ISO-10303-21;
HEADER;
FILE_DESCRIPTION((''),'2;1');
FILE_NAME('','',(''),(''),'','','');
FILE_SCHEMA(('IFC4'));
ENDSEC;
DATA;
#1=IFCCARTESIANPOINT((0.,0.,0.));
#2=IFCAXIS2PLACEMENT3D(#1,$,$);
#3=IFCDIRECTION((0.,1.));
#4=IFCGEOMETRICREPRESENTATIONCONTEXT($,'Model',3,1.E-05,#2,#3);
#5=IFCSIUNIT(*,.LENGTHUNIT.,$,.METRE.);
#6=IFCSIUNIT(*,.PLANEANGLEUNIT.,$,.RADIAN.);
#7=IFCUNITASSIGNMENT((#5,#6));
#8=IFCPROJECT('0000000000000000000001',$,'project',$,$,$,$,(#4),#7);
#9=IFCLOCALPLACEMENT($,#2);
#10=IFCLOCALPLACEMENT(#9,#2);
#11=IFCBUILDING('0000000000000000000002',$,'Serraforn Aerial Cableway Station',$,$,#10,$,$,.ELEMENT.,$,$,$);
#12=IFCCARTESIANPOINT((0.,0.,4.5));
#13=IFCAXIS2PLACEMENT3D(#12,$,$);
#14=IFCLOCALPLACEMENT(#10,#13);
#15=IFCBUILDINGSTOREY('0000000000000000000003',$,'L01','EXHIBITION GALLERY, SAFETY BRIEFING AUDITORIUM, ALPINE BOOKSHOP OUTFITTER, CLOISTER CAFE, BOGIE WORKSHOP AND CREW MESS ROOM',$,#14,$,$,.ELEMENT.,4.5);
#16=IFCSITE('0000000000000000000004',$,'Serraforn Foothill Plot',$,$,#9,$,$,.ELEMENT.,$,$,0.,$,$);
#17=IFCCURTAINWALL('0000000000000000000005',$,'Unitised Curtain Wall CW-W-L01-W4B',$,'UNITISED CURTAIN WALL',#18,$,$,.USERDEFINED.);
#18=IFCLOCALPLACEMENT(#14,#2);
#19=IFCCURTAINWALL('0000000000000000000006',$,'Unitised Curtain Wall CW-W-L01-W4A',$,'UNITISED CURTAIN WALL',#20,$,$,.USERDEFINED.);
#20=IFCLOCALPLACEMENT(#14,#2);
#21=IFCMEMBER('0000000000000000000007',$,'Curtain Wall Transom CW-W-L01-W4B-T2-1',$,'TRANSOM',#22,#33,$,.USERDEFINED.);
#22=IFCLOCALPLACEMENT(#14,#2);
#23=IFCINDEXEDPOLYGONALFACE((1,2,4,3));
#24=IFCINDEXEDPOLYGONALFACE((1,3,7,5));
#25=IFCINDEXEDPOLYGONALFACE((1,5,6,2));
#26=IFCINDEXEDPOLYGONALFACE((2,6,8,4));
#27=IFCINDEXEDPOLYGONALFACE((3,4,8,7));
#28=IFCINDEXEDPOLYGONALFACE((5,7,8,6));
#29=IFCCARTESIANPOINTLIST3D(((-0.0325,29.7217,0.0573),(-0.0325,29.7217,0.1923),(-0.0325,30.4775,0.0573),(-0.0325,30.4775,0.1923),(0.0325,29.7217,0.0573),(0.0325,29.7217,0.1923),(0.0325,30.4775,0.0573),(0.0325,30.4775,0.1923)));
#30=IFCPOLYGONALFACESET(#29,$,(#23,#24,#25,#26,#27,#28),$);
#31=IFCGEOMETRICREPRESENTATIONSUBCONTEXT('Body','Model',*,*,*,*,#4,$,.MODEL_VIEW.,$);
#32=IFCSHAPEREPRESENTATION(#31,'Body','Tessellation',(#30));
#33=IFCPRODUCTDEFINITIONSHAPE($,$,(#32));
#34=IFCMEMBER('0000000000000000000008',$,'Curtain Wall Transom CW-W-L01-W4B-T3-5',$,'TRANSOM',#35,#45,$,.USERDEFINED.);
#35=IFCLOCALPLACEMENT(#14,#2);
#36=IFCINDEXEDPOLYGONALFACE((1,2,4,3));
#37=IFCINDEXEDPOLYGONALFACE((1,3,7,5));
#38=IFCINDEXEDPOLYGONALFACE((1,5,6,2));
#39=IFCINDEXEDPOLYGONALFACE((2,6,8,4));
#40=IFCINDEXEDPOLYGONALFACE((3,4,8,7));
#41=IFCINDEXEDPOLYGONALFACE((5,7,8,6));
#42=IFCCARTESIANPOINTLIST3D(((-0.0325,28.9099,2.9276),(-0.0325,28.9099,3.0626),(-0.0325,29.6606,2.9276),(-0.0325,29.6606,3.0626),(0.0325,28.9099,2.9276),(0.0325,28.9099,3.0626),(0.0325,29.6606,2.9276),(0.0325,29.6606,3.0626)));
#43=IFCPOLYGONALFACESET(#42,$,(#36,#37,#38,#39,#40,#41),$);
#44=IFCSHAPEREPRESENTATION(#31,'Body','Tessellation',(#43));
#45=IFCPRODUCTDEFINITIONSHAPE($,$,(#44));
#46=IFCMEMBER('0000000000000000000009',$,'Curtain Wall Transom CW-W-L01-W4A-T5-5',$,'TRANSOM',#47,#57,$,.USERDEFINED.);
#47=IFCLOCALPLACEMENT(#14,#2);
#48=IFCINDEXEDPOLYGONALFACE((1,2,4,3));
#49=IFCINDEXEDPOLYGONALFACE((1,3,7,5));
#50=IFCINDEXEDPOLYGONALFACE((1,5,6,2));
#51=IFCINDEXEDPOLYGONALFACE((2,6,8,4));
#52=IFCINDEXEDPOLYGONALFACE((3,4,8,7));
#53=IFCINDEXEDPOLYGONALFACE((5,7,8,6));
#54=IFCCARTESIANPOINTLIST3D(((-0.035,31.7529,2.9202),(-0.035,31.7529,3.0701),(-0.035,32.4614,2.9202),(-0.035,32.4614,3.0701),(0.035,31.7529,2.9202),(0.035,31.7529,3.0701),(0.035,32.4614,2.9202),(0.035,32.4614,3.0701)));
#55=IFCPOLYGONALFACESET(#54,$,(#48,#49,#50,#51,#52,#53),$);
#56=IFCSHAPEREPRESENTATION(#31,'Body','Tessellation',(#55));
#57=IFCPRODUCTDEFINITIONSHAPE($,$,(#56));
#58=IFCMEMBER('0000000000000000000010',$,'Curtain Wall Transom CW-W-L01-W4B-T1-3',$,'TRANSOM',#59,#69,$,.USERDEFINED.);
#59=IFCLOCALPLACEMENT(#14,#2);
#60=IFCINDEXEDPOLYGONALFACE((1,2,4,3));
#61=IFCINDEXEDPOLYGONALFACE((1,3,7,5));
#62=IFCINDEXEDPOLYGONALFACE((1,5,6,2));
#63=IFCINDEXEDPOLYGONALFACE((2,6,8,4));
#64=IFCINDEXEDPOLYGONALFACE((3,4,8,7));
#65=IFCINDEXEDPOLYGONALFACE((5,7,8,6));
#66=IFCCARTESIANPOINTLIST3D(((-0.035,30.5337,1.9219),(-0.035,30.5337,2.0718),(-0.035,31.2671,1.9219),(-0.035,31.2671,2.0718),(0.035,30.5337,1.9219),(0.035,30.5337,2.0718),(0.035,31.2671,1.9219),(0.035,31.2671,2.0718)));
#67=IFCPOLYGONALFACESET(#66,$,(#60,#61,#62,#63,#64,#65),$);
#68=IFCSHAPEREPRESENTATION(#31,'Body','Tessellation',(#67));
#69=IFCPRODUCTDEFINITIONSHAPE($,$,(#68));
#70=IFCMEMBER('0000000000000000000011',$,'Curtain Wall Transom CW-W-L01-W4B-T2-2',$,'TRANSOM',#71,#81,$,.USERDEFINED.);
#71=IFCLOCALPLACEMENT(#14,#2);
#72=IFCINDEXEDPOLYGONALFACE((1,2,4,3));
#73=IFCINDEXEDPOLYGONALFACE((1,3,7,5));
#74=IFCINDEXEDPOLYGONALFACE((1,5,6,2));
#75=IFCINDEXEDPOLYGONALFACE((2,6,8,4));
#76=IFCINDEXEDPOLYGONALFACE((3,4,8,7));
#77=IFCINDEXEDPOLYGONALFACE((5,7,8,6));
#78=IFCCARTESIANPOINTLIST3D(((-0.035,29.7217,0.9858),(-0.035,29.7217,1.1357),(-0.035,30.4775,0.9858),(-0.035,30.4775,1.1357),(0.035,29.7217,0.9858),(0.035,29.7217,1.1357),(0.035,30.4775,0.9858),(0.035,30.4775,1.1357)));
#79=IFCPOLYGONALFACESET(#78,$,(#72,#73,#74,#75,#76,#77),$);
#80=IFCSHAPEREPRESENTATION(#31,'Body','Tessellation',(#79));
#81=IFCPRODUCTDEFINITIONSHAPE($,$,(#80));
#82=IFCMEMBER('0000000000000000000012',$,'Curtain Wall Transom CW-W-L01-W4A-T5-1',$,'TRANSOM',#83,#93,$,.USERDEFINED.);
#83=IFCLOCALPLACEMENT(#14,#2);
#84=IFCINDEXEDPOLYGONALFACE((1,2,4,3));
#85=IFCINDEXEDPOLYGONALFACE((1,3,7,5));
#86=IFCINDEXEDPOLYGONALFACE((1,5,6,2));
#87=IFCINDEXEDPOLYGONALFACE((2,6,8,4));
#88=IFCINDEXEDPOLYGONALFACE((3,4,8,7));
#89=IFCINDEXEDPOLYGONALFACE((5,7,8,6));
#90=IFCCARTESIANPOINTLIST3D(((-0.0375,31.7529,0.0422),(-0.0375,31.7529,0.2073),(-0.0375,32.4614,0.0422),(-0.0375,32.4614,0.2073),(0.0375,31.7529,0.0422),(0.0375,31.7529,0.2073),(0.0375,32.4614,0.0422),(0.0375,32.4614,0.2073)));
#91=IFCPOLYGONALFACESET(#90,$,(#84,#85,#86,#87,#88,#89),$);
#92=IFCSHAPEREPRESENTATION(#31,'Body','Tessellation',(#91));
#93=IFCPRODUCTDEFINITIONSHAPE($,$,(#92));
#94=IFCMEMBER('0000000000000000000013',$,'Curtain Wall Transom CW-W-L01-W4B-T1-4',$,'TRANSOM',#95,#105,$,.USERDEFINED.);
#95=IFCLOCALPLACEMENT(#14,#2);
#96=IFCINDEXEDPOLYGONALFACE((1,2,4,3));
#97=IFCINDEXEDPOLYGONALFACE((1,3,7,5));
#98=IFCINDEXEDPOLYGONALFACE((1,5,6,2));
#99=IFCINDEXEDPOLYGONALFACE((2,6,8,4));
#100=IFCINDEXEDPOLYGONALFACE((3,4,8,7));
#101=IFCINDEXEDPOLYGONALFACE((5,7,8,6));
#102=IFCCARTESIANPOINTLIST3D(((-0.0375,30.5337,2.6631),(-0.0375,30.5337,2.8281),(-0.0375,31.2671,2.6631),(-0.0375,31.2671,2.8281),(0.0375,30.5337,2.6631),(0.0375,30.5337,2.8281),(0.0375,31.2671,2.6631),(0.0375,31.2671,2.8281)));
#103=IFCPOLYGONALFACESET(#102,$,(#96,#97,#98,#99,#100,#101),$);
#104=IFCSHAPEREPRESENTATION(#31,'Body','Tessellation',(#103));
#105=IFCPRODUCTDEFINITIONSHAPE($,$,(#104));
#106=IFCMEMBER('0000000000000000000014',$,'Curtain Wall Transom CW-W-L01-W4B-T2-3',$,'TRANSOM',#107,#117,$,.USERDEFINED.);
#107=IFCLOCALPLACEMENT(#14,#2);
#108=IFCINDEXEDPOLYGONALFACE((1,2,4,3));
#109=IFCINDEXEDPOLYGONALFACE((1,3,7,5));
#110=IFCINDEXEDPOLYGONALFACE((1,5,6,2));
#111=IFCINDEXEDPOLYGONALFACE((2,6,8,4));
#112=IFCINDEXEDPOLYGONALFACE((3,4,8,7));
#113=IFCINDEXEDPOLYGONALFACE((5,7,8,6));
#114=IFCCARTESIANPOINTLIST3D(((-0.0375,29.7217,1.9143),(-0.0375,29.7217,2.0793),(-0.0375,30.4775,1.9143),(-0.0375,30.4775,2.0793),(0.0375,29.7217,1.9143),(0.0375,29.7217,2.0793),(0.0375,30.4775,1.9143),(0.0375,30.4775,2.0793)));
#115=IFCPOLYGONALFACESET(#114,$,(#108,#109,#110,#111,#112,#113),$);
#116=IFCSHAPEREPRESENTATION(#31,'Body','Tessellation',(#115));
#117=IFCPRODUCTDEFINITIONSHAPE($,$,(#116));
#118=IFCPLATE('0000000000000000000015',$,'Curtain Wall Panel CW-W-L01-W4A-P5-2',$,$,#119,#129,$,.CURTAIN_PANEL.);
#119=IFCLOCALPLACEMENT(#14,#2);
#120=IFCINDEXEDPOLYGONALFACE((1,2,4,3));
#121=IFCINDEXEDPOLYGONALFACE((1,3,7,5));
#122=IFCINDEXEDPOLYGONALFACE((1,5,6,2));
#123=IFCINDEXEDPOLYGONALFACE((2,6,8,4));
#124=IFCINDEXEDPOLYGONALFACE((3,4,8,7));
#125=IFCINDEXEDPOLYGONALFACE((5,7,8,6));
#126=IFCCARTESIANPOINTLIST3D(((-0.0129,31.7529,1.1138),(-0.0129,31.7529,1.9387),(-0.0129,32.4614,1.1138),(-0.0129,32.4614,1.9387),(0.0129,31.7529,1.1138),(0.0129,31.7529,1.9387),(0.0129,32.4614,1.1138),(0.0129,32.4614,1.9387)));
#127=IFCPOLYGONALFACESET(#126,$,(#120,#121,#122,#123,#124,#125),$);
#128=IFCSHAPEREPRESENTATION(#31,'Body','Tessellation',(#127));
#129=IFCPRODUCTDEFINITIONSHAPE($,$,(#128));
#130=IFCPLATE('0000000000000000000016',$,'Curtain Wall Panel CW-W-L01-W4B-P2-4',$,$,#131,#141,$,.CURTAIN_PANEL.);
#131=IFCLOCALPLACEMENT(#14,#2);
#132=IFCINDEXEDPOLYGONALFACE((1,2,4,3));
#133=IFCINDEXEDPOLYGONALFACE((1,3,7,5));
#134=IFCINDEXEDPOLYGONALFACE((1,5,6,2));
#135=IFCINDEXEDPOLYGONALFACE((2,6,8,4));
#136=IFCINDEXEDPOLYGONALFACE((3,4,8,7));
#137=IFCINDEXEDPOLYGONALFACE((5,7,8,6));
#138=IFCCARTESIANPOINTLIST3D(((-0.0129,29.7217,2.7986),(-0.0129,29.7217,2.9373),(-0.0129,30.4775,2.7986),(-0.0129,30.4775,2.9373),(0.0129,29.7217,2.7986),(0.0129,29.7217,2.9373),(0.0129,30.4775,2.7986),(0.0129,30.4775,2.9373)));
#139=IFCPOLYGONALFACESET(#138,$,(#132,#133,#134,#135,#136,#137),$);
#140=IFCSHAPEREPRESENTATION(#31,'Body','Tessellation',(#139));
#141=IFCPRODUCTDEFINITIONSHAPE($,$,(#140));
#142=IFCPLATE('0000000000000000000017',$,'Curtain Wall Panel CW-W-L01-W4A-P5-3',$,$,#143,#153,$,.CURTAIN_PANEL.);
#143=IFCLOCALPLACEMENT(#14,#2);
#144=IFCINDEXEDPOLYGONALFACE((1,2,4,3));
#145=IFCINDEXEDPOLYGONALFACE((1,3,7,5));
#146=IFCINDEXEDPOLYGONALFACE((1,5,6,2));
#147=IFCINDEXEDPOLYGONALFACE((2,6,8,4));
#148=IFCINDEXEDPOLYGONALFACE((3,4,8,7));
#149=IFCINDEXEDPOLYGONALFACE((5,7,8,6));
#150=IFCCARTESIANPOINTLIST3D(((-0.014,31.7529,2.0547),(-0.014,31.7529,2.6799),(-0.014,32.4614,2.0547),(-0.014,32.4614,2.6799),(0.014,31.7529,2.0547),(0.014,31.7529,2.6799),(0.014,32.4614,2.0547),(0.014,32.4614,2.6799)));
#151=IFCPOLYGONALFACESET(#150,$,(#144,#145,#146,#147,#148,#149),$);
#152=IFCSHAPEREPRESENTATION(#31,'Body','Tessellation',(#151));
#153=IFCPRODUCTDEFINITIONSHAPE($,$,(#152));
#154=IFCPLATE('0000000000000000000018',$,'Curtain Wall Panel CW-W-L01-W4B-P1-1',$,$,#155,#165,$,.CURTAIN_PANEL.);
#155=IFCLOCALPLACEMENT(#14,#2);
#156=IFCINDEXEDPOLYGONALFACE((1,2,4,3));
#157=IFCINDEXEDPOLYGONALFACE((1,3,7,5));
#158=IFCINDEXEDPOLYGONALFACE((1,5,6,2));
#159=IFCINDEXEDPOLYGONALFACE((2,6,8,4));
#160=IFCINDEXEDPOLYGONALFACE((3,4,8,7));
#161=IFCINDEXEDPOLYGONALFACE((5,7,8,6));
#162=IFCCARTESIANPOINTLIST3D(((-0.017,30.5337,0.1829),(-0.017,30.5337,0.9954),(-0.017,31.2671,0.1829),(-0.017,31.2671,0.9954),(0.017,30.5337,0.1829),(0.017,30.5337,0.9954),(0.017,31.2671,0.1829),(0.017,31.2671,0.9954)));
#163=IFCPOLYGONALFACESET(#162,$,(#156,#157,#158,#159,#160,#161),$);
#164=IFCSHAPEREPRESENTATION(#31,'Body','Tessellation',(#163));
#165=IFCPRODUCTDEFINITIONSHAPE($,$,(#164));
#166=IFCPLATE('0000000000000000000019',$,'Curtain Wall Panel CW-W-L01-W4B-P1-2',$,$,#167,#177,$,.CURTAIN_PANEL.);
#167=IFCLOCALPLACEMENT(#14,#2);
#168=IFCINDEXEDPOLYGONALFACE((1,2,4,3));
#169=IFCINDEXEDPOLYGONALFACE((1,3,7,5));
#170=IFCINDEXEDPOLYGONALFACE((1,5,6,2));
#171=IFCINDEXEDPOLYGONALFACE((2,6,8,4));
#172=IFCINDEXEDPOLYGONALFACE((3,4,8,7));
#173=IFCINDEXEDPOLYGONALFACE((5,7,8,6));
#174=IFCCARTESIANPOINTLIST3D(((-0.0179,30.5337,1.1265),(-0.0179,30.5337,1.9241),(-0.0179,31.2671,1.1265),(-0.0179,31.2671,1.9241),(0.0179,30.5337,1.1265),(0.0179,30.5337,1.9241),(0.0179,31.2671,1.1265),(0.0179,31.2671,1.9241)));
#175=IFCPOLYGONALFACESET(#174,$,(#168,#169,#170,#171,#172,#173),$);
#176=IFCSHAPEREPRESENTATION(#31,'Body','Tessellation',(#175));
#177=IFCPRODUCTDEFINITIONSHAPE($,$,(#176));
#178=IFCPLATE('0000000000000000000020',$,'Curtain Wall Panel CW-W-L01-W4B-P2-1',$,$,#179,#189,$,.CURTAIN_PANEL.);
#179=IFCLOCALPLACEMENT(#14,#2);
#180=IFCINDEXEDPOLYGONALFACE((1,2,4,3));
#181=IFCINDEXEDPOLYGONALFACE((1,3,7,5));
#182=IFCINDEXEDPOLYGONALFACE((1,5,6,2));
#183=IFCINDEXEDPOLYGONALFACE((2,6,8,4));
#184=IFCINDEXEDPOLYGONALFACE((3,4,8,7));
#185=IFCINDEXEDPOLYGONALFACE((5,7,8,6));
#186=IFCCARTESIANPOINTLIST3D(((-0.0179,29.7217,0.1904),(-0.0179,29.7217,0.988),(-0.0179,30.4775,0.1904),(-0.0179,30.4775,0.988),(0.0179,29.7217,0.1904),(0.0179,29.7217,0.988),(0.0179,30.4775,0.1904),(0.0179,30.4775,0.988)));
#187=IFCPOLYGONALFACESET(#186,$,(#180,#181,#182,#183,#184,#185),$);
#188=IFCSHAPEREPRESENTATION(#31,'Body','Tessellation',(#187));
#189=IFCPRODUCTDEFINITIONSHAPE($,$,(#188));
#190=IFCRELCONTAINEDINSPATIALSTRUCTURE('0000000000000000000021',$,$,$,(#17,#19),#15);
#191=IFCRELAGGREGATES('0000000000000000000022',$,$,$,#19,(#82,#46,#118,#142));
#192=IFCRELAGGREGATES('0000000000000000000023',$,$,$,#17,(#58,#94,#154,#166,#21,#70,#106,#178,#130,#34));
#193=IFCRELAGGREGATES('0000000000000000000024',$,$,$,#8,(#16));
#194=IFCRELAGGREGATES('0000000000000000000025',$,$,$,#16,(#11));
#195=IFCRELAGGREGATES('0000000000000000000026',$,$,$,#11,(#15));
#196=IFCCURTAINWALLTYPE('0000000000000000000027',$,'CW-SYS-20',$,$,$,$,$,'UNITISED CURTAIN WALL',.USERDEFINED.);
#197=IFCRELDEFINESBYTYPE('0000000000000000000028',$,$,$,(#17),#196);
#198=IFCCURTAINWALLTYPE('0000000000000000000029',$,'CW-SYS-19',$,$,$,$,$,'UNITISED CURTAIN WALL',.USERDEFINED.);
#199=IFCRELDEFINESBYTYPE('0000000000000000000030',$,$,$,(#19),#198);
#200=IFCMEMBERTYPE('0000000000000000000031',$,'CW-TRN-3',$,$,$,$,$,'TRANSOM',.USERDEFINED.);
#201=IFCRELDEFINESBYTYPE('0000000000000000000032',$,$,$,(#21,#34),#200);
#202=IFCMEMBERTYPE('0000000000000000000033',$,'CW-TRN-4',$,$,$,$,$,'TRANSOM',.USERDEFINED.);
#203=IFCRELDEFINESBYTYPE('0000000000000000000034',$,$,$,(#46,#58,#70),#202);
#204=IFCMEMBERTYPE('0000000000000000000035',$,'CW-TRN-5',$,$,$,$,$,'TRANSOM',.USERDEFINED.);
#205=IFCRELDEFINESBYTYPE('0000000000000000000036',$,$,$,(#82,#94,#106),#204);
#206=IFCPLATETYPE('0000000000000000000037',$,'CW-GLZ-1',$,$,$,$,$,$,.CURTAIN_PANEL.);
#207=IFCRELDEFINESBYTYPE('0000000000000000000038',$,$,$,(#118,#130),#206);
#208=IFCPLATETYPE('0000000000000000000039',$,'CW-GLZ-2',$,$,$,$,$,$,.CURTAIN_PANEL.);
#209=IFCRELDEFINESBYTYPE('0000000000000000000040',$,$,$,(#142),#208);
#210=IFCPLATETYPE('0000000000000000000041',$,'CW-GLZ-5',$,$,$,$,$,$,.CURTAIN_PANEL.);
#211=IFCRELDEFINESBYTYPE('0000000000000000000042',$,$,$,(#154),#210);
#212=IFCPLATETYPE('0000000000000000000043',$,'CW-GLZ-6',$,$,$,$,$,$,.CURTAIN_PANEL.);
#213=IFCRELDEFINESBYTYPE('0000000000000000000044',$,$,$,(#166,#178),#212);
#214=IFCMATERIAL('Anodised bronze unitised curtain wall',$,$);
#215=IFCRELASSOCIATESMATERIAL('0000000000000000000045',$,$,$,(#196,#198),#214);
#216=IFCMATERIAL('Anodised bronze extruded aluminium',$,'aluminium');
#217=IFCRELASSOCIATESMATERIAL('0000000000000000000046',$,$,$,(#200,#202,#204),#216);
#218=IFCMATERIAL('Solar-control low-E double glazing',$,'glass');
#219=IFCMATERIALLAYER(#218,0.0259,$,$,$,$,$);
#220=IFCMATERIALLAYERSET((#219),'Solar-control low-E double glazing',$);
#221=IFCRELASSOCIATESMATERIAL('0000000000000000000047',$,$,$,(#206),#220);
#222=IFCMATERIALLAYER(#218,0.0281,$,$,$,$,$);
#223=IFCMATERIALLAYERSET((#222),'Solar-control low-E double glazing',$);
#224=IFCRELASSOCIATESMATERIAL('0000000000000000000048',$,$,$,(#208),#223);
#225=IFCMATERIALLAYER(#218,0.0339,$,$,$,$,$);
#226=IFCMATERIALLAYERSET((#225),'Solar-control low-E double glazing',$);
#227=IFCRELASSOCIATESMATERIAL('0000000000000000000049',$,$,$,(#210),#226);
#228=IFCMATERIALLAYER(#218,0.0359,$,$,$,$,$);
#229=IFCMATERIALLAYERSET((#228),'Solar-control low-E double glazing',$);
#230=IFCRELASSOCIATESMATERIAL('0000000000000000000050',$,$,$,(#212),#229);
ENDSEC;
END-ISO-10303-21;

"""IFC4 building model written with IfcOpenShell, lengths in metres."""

from ifc_helpers import new_model, si_unit, direction, frame, origin, origin_2d, place, context, subcontext, project, spatial, rectangle, extrude, material, layer, layer_set, material_profile, profile_set, type_object, element, aggregate, save


model = new_model("IFC4")

# Units and contexts
model_context = context("Model", 3, precision=1e-05, world=origin(), true_north=direction((0.0, 1.0)))
body_context = subcontext(model_context, "Body", "Model", "MODEL_VIEW")
ifc_project = project(units=[si_unit("LENGTHUNIT", "METRE"), si_unit("PLANEANGLEUNIT", "RADIAN")], contexts=[model_context])

# Site, building, storey
site_placement = place(None, origin())
site = spatial("IfcSite", under=ifc_project, at=site_placement, Name="Serraforn Foothill Plot", CompositionType="ELEMENT", RefElevation=0.0)
building_placement = place(site_placement, origin())
building = spatial("IfcBuilding", under=site, at=building_placement, Name="Serraforn Aerial Cableway Station", CompositionType="ELEMENT")
storey_placement = place(building_placement, frame((0.0, 0.0, 4.5)))
storey = spatial("IfcBuildingStorey", under=building, at=storey_placement, Name="L01", Description="EXHIBITION GALLERY, SAFETY BRIEFING AUDITORIUM, ALPINE BOOKSHOP OUTFITTER, CLOISTER CAFE, BOGIE WORKSHOP AND CREW MESS ROOM", CompositionType="ELEMENT", Elevation=4.5)

# Curtain walls
ifc_material_1 = material(Name="Anodised bronze unitised curtain wall")
curtain_wall_type_1 = type_object("IfcCurtainWallType", Name="CW-SYS-20", ElementType="UNITISED CURTAIN WALL", PredefinedType="USERDEFINED", material=ifc_material_1)
curtain_wall_1_placement = place(storey_placement, origin())
curtain_wall_1 = element("IfcCurtainWall", 1, at=curtain_wall_1_placement, inside=storey, type_object=curtain_wall_type_1, Name="Unitised Curtain Wall CW-W-L01-W4B", ObjectType="UNITISED CURTAIN WALL", PredefinedType="USERDEFINED")
ifc_material_2 = material(Name="Anodised bronze extruded aluminium", Category="aluminium")
curtain_wall_type_2 = type_object("IfcCurtainWallType", Name="CW-SYS-19", ElementType="UNITISED CURTAIN WALL", PredefinedType="USERDEFINED", material=ifc_material_1)
curtain_wall_2_placement = place(storey_placement, origin())
curtain_wall_2 = element("IfcCurtainWall", 2, at=curtain_wall_2_placement, inside=storey, type_object=curtain_wall_type_2, Name="Unitised Curtain Wall CW-W-L01-W4A", ObjectType="UNITISED CURTAIN WALL", PredefinedType="USERDEFINED")

# Members
ifc_material_profile_1 = material_profile(ifc_material_2, rectangle(XDim=0.0649, YDim=0.135, at=origin_2d()), Name="CW TRANSOM 65x135")
ifc_profile_set_1 = profile_set([ifc_material_profile_1], Name="Anodised bronze extruded aluminium")
member_type_1 = type_object("IfcMemberType", Name="CW-TRN-3", ElementType="TRANSOM", PredefinedType="USERDEFINED", material=ifc_profile_set_1)
member_1_placement = place(storey_placement, frame((0.0, 30.4775, 0.1248), z_axis=(0.0, -1.0, 0.0), x_axis=(1.0, 0.0, 0.0)))
member_1 = element("IfcMember", 3, at=member_1_placement, type_object=member_type_1, Name="Curtain Wall Transom CW-W-L01-W4B-T2-1", ObjectType="TRANSOM", PredefinedType="USERDEFINED", context=body_context, shape_type="SweptSolid", body=[
    extrude(rectangle(XDim=0.0649, YDim=0.135, at=origin_2d()), origin(), (0.0, 0.0, 1.0), 0.7559),
])
member_2_placement = place(storey_placement, frame((0.0, 29.6606, 2.9951), z_axis=(0.0, -1.0, 0.0), x_axis=(1.0, 0.0, 0.0)))
member_2 = element("IfcMember", 4, at=member_2_placement, type_object=member_type_1, Name="Curtain Wall Transom CW-W-L01-W4B-T3-5", ObjectType="TRANSOM", PredefinedType="USERDEFINED", context=body_context, shape_type="SweptSolid", body=[
    extrude(rectangle(XDim=0.0649, YDim=0.135, at=origin_2d()), origin(), (0.0, 0.0, 1.0), 0.7507),
])
ifc_material_profile_2 = material_profile(ifc_material_2, rectangle(XDim=0.0701, YDim=0.1499, at=origin_2d()), Name="CW TRANSOM 70x150")
ifc_profile_set_2 = profile_set([ifc_material_profile_2], Name="Anodised bronze extruded aluminium")
member_type_2 = type_object("IfcMemberType", Name="CW-TRN-4", ElementType="TRANSOM", PredefinedType="USERDEFINED", material=ifc_profile_set_2)
member_3_placement = place(storey_placement, frame((0.0, 32.4614, 2.9951), z_axis=(0.0, -1.0, 0.0), x_axis=(1.0, 0.0, 0.0)))
member_3 = element("IfcMember", 5, at=member_3_placement, type_object=member_type_2, Name="Curtain Wall Transom CW-W-L01-W4A-T5-5", ObjectType="TRANSOM", PredefinedType="USERDEFINED", context=body_context, shape_type="SweptSolid", body=[
    extrude(rectangle(XDim=0.0701, YDim=0.1499, at=origin_2d()), origin(), (0.0, 0.0, 1.0), 0.7085),
])
member_4_placement = place(storey_placement, frame((0.0, 31.2671, 1.9968), z_axis=(0.0, -1.0, 0.0), x_axis=(1.0, 0.0, 0.0)))
member_4 = element("IfcMember", 6, at=member_4_placement, type_object=member_type_2, Name="Curtain Wall Transom CW-W-L01-W4B-T1-3", ObjectType="TRANSOM", PredefinedType="USERDEFINED", context=body_context, shape_type="SweptSolid", body=[
    extrude(rectangle(XDim=0.0701, YDim=0.1499, at=origin_2d()), origin(), (0.0, 0.0, 1.0), 0.7334),
])
member_5_placement = place(storey_placement, frame((0.0, 30.4775, 1.0608), z_axis=(0.0, -1.0, 0.0), x_axis=(1.0, 0.0, 0.0)))
member_5 = element("IfcMember", 7, at=member_5_placement, type_object=member_type_2, Name="Curtain Wall Transom CW-W-L01-W4B-T2-2", ObjectType="TRANSOM", PredefinedType="USERDEFINED", context=body_context, shape_type="SweptSolid", body=[
    extrude(rectangle(XDim=0.0701, YDim=0.1499, at=origin_2d()), origin(), (0.0, 0.0, 1.0), 0.7559),
])
ifc_material_profile_3 = material_profile(ifc_material_2, rectangle(XDim=0.075, YDim=0.165, at=origin_2d()), Name="CW TRANSOM 75x165")
ifc_profile_set_3 = profile_set([ifc_material_profile_3], Name="Anodised bronze extruded aluminium")
member_type_3 = type_object("IfcMemberType", Name="CW-TRN-5", ElementType="TRANSOM", PredefinedType="USERDEFINED", material=ifc_profile_set_3)
member_6_placement = place(storey_placement, frame((0.0, 32.4614, 0.1248), z_axis=(0.0, -1.0, 0.0), x_axis=(1.0, 0.0, 0.0)))
member_6 = element("IfcMember", 8, at=member_6_placement, type_object=member_type_3, Name="Curtain Wall Transom CW-W-L01-W4A-T5-1", ObjectType="TRANSOM", PredefinedType="USERDEFINED", context=body_context, shape_type="SweptSolid", body=[
    extrude(rectangle(XDim=0.075, YDim=0.165, at=origin_2d()), origin(), (0.0, 0.0, 1.0), 0.7085),
])
member_7_placement = place(storey_placement, frame((0.0, 31.2671, 2.7456), z_axis=(0.0, -1.0, 0.0), x_axis=(1.0, 0.0, 0.0)))
member_7 = element("IfcMember", 9, at=member_7_placement, type_object=member_type_3, Name="Curtain Wall Transom CW-W-L01-W4B-T1-4", ObjectType="TRANSOM", PredefinedType="USERDEFINED", context=body_context, shape_type="SweptSolid", body=[
    extrude(rectangle(XDim=0.075, YDim=0.165, at=origin_2d()), origin(), (0.0, 0.0, 1.0), 0.7334),
])
member_8_placement = place(storey_placement, frame((0.0, 30.4775, 1.9968), z_axis=(0.0, -1.0, 0.0), x_axis=(1.0, 0.0, 0.0)))
member_8 = element("IfcMember", 10, at=member_8_placement, type_object=member_type_3, Name="Curtain Wall Transom CW-W-L01-W4B-T2-3", ObjectType="TRANSOM", PredefinedType="USERDEFINED", context=body_context, shape_type="SweptSolid", body=[
    extrude(rectangle(XDim=0.075, YDim=0.165, at=origin_2d()), origin(), (0.0, 0.0, 1.0), 0.7559),
])

# Plates
ifc_material_3 = material(Name="Solar-control low-E double glazing", Category="glass")
ifc_layer_1 = layer(ifc_material_3, 0.0259)
ifc_layer_set_1 = layer_set([ifc_layer_1], Name="Solar-control low-E double glazing")
plate_type_1 = type_object("IfcPlateType", Name="CW-GLZ-1", PredefinedType="CURTAIN_PANEL", material=ifc_layer_set_1)
plate_1_placement = place(storey_placement, frame((0.0, 32.1072, 1.1138), z_axis=(0.0, 0.0, 1.0), x_axis=(1.0, 0.0, 0.0)))
plate_1 = element("IfcPlate", 11, at=plate_1_placement, type_object=plate_type_1, Name="Curtain Wall Panel CW-W-L01-W4A-P5-2", PredefinedType="CURTAIN_PANEL", context=body_context, shape_type="SweptSolid", body=[
    extrude(rectangle(XDim=0.0259, YDim=0.7085, at=origin_2d()), origin(), (0.0, 0.0, 1.0), 0.825),
])
plate_2_placement = place(storey_placement, frame((0.0, 30.0996, 2.7986), z_axis=(0.0, 0.0, 1.0), x_axis=(1.0, 0.0, 0.0)))
plate_2 = element("IfcPlate", 12, at=plate_2_placement, type_object=plate_type_1, Name="Curtain Wall Panel CW-W-L01-W4B-P2-4", PredefinedType="CURTAIN_PANEL", context=body_context, shape_type="SweptSolid", body=[
    extrude(rectangle(XDim=0.0259, YDim=0.7559, at=origin_2d()), origin(), (0.0, 0.0, 1.0), 0.1387),
])
ifc_layer_2 = layer(ifc_material_3, 0.0281)
ifc_layer_set_2 = layer_set([ifc_layer_2], Name="Solar-control low-E double glazing")
plate_type_2 = type_object("IfcPlateType", Name="CW-GLZ-2", PredefinedType="CURTAIN_PANEL", material=ifc_layer_set_2)
plate_3_placement = place(storey_placement, frame((0.0, 32.1072, 2.0547), z_axis=(0.0, 0.0, 1.0), x_axis=(1.0, 0.0, 0.0)))
plate_3 = element("IfcPlate", 13, at=plate_3_placement, type_object=plate_type_2, Name="Curtain Wall Panel CW-W-L01-W4A-P5-3", PredefinedType="CURTAIN_PANEL", context=body_context, shape_type="SweptSolid", body=[
    extrude(rectangle(XDim=0.0281, YDim=0.7085, at=origin_2d()), origin(), (0.0, 0.0, 1.0), 0.6252),
])
ifc_layer_3 = layer(ifc_material_3, 0.0339)
ifc_layer_set_3 = layer_set([ifc_layer_3], Name="Solar-control low-E double glazing")
plate_type_3 = type_object("IfcPlateType", Name="CW-GLZ-5", PredefinedType="CURTAIN_PANEL", material=ifc_layer_set_3)
plate_4_placement = place(storey_placement, frame((0.0, 30.9004, 0.1829), z_axis=(0.0, 0.0, 1.0), x_axis=(1.0, 0.0, 0.0)))
plate_4 = element("IfcPlate", 14, at=plate_4_placement, type_object=plate_type_3, Name="Curtain Wall Panel CW-W-L01-W4B-P1-1", PredefinedType="CURTAIN_PANEL", context=body_context, shape_type="SweptSolid", body=[
    extrude(rectangle(XDim=0.0339, YDim=0.7334, at=origin_2d()), origin(), (0.0, 0.0, 1.0), 0.8125),
])
ifc_layer_4 = layer(ifc_material_3, 0.0359)
ifc_layer_set_4 = layer_set([ifc_layer_4], Name="Solar-control low-E double glazing")
plate_type_4 = type_object("IfcPlateType", Name="CW-GLZ-6", PredefinedType="CURTAIN_PANEL", material=ifc_layer_set_4)
plate_5_placement = place(storey_placement, frame((0.0, 30.9004, 1.1265), z_axis=(0.0, 0.0, 1.0), x_axis=(1.0, 0.0, 0.0)))
plate_5 = element("IfcPlate", 15, at=plate_5_placement, type_object=plate_type_4, Name="Curtain Wall Panel CW-W-L01-W4B-P1-2", PredefinedType="CURTAIN_PANEL", context=body_context, shape_type="SweptSolid", body=[
    extrude(rectangle(XDim=0.0359, YDim=0.7334, at=origin_2d()), origin(), (0.0, 0.0, 1.0), 0.7976),
])
plate_6_placement = place(storey_placement, frame((0.0, 30.0996, 0.1904), z_axis=(0.0, 0.0, 1.0), x_axis=(1.0, 0.0, 0.0)))
plate_6 = element("IfcPlate", 16, at=plate_6_placement, type_object=plate_type_4, Name="Curtain Wall Panel CW-W-L01-W4B-P2-1", PredefinedType="CURTAIN_PANEL", context=body_context, shape_type="SweptSolid", body=[
    extrude(rectangle(XDim=0.0359, YDim=0.7559, at=origin_2d()), origin(), (0.0, 0.0, 1.0), 0.7976),
])
aggregate(curtain_wall_2, [member_6, member_3, plate_1, plate_3])
aggregate(curtain_wall_1, [member_4, member_7, plate_4, plate_5, member_1, member_5, member_8, plate_6, plate_2, member_2])

save(model, "model.ifc")
